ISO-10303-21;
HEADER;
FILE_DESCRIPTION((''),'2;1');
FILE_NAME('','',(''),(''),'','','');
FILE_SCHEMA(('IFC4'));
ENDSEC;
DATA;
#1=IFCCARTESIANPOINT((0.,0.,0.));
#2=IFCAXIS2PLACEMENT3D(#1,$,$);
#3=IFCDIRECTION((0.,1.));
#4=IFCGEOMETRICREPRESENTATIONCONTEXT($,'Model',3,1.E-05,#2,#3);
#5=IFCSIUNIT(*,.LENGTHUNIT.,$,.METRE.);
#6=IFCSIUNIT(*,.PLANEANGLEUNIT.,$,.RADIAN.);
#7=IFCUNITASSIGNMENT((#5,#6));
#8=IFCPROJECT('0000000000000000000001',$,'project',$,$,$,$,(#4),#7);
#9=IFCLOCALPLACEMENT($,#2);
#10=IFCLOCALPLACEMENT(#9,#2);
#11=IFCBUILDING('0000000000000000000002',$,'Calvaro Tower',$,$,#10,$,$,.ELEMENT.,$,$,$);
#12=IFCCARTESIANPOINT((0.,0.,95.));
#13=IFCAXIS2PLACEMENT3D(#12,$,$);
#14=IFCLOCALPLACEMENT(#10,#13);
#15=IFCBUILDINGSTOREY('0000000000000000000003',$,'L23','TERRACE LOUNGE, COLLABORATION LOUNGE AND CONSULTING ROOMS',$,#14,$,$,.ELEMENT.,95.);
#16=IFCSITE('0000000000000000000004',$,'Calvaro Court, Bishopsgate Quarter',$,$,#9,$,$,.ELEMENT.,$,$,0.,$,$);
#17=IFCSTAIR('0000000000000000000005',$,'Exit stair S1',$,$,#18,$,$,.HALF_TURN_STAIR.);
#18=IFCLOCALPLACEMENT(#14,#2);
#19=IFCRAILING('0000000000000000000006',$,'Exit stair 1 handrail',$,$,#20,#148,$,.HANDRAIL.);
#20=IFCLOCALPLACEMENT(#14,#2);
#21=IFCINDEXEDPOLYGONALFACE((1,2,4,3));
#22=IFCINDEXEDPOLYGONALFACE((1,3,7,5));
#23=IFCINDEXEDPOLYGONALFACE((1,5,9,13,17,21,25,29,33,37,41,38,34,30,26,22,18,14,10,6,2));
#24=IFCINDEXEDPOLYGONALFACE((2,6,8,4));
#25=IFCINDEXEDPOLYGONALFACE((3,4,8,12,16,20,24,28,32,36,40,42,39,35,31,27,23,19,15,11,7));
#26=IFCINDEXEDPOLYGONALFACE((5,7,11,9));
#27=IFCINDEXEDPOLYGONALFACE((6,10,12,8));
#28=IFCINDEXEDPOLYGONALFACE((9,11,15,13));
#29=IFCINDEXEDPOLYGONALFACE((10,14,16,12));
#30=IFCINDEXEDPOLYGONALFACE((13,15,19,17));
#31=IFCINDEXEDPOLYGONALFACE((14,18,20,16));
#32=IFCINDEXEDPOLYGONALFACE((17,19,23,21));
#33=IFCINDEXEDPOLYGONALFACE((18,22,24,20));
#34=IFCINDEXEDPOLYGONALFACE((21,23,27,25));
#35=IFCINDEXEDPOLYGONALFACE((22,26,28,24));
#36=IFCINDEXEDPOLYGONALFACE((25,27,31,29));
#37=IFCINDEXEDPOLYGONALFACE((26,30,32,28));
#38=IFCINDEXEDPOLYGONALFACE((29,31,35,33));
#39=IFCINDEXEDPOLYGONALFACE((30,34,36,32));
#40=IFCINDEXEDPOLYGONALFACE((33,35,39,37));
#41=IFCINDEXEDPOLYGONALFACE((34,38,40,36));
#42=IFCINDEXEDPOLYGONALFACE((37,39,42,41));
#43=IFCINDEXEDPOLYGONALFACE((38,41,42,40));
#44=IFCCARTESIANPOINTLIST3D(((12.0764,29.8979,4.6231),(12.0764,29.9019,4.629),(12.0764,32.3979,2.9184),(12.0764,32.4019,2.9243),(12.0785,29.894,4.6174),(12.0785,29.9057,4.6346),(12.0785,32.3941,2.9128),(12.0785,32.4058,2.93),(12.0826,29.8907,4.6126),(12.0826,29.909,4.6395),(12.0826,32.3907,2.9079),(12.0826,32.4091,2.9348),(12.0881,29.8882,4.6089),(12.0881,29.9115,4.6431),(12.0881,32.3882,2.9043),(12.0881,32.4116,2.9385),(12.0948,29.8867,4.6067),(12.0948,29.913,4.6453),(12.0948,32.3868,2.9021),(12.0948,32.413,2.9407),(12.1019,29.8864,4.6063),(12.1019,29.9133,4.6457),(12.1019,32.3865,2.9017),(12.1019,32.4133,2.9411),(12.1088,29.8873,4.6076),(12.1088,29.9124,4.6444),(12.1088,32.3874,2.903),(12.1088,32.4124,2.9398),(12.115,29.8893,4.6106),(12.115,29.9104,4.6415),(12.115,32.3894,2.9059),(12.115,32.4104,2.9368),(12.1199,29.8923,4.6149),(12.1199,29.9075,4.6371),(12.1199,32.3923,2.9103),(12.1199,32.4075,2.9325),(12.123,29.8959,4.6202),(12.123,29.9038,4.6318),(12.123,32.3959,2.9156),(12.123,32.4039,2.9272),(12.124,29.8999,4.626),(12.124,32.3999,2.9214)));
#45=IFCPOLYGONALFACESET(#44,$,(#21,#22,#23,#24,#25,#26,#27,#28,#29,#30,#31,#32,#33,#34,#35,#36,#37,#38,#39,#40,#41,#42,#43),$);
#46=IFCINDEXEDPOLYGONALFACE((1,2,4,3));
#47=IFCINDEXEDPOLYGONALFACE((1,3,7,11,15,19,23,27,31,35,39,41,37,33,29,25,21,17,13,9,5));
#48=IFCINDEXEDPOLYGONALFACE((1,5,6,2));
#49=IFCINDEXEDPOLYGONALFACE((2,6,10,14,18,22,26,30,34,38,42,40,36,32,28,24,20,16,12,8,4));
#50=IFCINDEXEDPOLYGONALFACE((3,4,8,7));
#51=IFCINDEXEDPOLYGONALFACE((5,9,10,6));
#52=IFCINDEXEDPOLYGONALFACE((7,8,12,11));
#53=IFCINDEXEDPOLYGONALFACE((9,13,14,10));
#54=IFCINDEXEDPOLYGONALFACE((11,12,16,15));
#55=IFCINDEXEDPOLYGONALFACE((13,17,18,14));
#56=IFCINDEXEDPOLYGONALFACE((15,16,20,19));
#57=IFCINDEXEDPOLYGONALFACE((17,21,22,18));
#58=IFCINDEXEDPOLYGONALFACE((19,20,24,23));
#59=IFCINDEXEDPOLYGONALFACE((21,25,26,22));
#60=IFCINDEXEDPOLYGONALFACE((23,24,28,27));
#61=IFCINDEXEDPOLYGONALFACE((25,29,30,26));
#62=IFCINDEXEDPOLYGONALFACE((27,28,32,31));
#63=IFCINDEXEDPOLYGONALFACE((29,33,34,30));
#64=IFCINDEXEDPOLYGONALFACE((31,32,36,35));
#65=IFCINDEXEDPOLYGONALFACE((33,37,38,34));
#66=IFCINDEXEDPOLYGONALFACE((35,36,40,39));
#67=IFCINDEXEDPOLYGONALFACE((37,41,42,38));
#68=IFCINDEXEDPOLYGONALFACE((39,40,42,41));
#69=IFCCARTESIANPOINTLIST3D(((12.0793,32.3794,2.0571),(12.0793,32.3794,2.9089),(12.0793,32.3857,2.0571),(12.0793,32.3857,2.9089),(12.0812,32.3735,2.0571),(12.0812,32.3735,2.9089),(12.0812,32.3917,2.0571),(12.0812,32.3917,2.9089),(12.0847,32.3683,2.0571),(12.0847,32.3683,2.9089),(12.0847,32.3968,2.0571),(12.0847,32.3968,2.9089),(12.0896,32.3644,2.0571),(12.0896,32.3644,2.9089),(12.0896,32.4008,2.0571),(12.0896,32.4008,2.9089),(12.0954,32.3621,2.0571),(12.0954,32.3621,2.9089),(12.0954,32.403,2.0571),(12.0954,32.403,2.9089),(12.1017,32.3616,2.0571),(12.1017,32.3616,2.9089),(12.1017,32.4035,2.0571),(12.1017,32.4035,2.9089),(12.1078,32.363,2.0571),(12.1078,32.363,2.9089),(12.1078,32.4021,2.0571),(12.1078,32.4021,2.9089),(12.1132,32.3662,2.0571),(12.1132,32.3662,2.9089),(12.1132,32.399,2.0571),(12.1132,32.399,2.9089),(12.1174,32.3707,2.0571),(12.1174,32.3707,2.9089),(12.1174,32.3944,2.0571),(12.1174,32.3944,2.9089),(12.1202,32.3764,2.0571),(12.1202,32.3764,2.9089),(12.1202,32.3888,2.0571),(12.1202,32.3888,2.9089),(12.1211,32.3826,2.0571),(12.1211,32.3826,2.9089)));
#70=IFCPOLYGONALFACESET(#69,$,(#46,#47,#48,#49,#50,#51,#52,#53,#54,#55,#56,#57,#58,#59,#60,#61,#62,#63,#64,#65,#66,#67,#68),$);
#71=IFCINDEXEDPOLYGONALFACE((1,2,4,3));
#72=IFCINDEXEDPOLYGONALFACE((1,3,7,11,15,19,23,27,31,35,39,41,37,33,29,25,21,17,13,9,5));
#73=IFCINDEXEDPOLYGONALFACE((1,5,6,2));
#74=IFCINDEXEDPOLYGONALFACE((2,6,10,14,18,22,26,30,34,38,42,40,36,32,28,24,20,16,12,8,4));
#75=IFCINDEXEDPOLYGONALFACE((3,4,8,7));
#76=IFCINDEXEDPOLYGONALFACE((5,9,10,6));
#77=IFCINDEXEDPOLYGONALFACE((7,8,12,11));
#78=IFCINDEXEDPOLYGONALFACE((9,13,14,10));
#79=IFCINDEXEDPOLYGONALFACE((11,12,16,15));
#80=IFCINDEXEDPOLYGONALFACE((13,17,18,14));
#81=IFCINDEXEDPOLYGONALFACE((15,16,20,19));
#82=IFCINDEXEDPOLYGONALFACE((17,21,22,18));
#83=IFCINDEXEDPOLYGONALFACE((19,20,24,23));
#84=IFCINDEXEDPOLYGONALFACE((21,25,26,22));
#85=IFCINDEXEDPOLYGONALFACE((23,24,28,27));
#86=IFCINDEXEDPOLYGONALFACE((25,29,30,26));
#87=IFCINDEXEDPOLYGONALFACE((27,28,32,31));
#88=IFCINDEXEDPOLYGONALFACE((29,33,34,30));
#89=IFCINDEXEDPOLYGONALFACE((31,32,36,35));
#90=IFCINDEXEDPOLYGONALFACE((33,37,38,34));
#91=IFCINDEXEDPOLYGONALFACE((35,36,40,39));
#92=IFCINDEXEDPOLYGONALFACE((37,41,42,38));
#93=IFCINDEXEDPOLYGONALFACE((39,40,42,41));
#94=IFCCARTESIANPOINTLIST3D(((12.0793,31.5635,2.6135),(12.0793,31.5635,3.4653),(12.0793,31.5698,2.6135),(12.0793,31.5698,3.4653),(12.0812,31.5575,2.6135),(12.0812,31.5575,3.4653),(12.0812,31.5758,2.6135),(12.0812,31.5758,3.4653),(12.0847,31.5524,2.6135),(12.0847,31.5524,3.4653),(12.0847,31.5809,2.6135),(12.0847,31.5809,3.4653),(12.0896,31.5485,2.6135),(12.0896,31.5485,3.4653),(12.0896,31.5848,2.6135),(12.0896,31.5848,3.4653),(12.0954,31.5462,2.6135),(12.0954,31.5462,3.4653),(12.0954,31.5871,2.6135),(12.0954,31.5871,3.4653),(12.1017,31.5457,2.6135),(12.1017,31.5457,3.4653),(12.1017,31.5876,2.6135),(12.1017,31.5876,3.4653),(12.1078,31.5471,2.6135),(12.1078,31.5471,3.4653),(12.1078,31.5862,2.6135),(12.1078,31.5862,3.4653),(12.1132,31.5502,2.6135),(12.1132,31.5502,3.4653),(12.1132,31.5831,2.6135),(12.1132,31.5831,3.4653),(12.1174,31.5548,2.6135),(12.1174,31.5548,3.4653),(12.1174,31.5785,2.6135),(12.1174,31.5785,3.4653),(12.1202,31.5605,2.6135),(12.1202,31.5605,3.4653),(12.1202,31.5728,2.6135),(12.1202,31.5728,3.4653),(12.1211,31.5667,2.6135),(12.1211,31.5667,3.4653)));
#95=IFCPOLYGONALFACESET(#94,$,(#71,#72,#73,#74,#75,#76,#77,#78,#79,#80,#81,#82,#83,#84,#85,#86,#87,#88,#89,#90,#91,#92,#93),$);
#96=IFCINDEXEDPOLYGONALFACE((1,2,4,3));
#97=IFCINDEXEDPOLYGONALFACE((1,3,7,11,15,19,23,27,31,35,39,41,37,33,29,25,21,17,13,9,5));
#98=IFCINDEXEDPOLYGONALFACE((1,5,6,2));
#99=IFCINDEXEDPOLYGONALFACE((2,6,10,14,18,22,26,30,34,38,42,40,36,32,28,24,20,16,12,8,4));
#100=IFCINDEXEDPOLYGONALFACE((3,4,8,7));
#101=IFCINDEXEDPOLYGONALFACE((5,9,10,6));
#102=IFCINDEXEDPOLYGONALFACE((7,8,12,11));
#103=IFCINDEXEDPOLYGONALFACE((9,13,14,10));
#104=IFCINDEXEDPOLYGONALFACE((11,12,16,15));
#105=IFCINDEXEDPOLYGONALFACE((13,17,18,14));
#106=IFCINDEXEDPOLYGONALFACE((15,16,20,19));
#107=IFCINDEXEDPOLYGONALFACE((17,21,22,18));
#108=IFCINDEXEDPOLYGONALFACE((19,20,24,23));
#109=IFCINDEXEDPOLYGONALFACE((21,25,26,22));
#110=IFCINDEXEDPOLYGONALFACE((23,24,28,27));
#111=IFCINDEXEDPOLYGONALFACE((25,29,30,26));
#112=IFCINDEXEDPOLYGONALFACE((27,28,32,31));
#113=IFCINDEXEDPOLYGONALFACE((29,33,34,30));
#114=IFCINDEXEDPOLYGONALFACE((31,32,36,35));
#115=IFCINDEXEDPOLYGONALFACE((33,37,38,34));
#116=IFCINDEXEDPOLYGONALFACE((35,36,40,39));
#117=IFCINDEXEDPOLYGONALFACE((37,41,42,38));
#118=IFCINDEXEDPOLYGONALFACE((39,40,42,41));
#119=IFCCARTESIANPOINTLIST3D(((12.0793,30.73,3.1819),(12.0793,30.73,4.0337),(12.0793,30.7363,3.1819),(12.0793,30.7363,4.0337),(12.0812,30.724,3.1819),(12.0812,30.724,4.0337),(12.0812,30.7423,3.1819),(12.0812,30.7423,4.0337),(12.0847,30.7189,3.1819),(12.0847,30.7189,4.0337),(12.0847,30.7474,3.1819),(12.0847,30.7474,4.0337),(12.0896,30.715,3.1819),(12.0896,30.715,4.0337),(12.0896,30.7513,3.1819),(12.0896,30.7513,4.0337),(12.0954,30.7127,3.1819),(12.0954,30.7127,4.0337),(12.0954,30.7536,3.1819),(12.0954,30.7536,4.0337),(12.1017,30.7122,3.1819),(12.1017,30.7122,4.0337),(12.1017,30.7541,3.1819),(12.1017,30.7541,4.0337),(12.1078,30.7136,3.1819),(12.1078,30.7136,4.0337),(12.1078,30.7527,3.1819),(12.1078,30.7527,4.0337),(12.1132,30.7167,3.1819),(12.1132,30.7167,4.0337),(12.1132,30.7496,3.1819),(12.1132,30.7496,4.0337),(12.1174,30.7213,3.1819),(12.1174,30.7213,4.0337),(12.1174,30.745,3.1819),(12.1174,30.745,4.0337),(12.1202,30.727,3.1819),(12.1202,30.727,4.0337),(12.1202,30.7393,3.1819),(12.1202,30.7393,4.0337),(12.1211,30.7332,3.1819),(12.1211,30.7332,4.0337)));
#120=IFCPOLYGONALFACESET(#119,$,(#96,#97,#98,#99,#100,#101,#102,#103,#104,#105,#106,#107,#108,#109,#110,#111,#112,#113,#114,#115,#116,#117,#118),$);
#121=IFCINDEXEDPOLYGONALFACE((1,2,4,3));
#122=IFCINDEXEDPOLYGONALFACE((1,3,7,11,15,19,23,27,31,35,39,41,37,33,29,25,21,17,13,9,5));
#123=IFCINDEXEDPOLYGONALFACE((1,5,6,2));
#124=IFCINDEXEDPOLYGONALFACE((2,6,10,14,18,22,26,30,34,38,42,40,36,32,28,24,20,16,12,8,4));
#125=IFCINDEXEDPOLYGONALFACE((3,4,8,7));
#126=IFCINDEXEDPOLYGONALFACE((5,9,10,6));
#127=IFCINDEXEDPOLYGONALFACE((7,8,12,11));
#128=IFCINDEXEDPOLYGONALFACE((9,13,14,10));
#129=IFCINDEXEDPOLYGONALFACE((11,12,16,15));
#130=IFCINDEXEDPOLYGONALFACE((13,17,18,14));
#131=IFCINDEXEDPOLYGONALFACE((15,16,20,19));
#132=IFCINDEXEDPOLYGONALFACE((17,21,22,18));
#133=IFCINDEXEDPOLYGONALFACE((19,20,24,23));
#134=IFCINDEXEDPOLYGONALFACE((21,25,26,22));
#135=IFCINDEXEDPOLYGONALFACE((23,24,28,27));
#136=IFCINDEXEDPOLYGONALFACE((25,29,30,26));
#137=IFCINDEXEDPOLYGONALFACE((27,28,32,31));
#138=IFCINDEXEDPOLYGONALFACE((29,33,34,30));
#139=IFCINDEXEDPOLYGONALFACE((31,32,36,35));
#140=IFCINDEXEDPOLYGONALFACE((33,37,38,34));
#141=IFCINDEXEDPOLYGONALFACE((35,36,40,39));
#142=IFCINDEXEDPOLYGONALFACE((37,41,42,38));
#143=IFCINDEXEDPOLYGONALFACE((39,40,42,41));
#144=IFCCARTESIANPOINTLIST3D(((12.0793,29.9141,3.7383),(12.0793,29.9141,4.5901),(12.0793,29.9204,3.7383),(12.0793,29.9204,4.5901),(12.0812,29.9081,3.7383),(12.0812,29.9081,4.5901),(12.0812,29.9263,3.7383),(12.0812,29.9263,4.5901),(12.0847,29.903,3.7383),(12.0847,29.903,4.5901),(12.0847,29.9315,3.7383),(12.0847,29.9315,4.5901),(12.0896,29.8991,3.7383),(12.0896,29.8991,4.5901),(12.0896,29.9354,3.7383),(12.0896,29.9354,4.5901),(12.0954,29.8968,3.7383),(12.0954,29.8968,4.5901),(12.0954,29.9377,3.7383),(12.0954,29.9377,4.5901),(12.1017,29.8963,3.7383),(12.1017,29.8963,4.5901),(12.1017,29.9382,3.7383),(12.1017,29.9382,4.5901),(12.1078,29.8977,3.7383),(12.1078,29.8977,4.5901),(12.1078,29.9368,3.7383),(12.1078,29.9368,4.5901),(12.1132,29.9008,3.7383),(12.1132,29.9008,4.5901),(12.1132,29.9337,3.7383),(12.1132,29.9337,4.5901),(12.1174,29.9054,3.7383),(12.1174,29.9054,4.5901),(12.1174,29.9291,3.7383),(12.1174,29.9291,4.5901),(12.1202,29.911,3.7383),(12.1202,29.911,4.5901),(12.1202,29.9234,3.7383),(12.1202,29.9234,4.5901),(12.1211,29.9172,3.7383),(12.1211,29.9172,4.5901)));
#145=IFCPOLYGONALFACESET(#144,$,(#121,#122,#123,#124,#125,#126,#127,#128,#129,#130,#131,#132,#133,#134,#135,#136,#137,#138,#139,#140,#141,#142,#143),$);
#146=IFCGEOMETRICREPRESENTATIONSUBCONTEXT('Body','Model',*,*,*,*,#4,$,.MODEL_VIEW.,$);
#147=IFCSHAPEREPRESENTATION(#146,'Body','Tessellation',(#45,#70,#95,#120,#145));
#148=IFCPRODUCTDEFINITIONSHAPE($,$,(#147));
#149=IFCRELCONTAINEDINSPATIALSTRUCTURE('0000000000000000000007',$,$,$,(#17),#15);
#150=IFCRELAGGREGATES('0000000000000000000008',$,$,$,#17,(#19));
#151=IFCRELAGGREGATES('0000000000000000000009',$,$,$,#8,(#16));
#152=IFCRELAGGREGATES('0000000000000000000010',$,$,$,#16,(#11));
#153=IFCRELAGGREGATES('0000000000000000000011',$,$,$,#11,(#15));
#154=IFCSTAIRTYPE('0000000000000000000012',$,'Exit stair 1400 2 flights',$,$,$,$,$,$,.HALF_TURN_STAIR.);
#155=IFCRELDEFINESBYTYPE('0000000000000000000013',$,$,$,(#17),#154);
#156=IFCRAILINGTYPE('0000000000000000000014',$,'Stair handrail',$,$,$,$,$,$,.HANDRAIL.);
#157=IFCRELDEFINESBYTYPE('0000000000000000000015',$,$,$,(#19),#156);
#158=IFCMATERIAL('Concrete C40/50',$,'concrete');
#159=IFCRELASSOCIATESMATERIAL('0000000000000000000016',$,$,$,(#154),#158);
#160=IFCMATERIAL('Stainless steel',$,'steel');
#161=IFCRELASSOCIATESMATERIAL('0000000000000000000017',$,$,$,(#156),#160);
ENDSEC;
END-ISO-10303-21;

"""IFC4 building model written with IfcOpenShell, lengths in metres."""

from ifc_helpers import new_model, si_unit, direction, frame, origin, origin_2d, place, context, subcontext, project, spatial, circle, extrude, material, type_object, element, aggregate, save


model = new_model("IFC4")

# Units and contexts
model_context = context("Model", 3, precision=1e-05, world=origin(), true_north=direction((0.0, 1.0)))
body_context = subcontext(model_context, "Body", "Model", "MODEL_VIEW")
ifc_project = project(units=[si_unit("LENGTHUNIT", "METRE"), si_unit("PLANEANGLEUNIT", "RADIAN")], contexts=[model_context])

# Site, building, storey
site_placement = place(None, origin())
site = spatial("IfcSite", under=ifc_project, at=site_placement, Name="Calvaro Court, Bishopsgate Quarter", CompositionType="ELEMENT", RefElevation=0.0)
building_placement = place(site_placement, origin())
building = spatial("IfcBuilding", under=site, at=building_placement, Name="Calvaro Tower", CompositionType="ELEMENT")
storey_placement = place(building_placement, frame((0.0, 0.0, 95.0)))
storey = spatial("IfcBuildingStorey", under=building, at=storey_placement, Name="L23", Description="TERRACE LOUNGE, COLLABORATION LOUNGE AND CONSULTING ROOMS", CompositionType="ELEMENT", Elevation=95.0)

# Stair, railing
ifc_material_1 = material(Name="Concrete C40/50", Category="concrete")
stair_type = type_object("IfcStairType", Name="Exit stair 1400 2 flights", PredefinedType="HALF_TURN_STAIR", material=ifc_material_1)
stair_placement = place(storey_placement, origin())
stair = element("IfcStair", 1, at=stair_placement, inside=storey, type_object=stair_type, Name="Exit stair S1", PredefinedType="HALF_TURN_STAIR")
ifc_material_2 = material(Name="Stainless steel", Category="steel")
railing_type = type_object("IfcRailingType", Name="Stair handrail", PredefinedType="HANDRAIL", material=ifc_material_2)
railing_1_placement = place(storey_placement, frame((12.1001, 32.3999, 2.0454)))
railing_1 = element("IfcRailing", 2, at=railing_1_placement, type_object=railing_type, Name="Exit stair 1 handrail", PredefinedType="HANDRAIL", context=body_context, shape_type="SweptSolid", body=[
    extrude(circle(Radius=0.0239, at=origin_2d()), frame((0.0, 0.0, 0.876), z_axis=(0.0, -0.826221, 0.563347), x_axis=(1.0, 0.0, 0.0)), (0.0, 0.0, 1.0), 3.0259),
    extrude(circle(Radius=0.021, at=origin_2d()), frame((0.0, -0.0173, 0.0117)), (0.0, 0.0, 1.0), 0.8518),
    extrude(circle(Radius=0.021, at=origin_2d()), frame((0.0, -0.8333, 0.5681)), (0.0, 0.0, 1.0), 0.8518),
    extrude(circle(Radius=0.021, at=origin_2d()), frame((0.0, -1.6667, 1.1365)), (0.0, 0.0, 1.0), 0.8518),
    extrude(circle(Radius=0.021, at=origin_2d()), frame((0.0, -2.4827, 1.6929)), (0.0, 0.0, 1.0), 0.8518),
])
aggregate(stair, [railing_1])

save(model, "model.ifc")
